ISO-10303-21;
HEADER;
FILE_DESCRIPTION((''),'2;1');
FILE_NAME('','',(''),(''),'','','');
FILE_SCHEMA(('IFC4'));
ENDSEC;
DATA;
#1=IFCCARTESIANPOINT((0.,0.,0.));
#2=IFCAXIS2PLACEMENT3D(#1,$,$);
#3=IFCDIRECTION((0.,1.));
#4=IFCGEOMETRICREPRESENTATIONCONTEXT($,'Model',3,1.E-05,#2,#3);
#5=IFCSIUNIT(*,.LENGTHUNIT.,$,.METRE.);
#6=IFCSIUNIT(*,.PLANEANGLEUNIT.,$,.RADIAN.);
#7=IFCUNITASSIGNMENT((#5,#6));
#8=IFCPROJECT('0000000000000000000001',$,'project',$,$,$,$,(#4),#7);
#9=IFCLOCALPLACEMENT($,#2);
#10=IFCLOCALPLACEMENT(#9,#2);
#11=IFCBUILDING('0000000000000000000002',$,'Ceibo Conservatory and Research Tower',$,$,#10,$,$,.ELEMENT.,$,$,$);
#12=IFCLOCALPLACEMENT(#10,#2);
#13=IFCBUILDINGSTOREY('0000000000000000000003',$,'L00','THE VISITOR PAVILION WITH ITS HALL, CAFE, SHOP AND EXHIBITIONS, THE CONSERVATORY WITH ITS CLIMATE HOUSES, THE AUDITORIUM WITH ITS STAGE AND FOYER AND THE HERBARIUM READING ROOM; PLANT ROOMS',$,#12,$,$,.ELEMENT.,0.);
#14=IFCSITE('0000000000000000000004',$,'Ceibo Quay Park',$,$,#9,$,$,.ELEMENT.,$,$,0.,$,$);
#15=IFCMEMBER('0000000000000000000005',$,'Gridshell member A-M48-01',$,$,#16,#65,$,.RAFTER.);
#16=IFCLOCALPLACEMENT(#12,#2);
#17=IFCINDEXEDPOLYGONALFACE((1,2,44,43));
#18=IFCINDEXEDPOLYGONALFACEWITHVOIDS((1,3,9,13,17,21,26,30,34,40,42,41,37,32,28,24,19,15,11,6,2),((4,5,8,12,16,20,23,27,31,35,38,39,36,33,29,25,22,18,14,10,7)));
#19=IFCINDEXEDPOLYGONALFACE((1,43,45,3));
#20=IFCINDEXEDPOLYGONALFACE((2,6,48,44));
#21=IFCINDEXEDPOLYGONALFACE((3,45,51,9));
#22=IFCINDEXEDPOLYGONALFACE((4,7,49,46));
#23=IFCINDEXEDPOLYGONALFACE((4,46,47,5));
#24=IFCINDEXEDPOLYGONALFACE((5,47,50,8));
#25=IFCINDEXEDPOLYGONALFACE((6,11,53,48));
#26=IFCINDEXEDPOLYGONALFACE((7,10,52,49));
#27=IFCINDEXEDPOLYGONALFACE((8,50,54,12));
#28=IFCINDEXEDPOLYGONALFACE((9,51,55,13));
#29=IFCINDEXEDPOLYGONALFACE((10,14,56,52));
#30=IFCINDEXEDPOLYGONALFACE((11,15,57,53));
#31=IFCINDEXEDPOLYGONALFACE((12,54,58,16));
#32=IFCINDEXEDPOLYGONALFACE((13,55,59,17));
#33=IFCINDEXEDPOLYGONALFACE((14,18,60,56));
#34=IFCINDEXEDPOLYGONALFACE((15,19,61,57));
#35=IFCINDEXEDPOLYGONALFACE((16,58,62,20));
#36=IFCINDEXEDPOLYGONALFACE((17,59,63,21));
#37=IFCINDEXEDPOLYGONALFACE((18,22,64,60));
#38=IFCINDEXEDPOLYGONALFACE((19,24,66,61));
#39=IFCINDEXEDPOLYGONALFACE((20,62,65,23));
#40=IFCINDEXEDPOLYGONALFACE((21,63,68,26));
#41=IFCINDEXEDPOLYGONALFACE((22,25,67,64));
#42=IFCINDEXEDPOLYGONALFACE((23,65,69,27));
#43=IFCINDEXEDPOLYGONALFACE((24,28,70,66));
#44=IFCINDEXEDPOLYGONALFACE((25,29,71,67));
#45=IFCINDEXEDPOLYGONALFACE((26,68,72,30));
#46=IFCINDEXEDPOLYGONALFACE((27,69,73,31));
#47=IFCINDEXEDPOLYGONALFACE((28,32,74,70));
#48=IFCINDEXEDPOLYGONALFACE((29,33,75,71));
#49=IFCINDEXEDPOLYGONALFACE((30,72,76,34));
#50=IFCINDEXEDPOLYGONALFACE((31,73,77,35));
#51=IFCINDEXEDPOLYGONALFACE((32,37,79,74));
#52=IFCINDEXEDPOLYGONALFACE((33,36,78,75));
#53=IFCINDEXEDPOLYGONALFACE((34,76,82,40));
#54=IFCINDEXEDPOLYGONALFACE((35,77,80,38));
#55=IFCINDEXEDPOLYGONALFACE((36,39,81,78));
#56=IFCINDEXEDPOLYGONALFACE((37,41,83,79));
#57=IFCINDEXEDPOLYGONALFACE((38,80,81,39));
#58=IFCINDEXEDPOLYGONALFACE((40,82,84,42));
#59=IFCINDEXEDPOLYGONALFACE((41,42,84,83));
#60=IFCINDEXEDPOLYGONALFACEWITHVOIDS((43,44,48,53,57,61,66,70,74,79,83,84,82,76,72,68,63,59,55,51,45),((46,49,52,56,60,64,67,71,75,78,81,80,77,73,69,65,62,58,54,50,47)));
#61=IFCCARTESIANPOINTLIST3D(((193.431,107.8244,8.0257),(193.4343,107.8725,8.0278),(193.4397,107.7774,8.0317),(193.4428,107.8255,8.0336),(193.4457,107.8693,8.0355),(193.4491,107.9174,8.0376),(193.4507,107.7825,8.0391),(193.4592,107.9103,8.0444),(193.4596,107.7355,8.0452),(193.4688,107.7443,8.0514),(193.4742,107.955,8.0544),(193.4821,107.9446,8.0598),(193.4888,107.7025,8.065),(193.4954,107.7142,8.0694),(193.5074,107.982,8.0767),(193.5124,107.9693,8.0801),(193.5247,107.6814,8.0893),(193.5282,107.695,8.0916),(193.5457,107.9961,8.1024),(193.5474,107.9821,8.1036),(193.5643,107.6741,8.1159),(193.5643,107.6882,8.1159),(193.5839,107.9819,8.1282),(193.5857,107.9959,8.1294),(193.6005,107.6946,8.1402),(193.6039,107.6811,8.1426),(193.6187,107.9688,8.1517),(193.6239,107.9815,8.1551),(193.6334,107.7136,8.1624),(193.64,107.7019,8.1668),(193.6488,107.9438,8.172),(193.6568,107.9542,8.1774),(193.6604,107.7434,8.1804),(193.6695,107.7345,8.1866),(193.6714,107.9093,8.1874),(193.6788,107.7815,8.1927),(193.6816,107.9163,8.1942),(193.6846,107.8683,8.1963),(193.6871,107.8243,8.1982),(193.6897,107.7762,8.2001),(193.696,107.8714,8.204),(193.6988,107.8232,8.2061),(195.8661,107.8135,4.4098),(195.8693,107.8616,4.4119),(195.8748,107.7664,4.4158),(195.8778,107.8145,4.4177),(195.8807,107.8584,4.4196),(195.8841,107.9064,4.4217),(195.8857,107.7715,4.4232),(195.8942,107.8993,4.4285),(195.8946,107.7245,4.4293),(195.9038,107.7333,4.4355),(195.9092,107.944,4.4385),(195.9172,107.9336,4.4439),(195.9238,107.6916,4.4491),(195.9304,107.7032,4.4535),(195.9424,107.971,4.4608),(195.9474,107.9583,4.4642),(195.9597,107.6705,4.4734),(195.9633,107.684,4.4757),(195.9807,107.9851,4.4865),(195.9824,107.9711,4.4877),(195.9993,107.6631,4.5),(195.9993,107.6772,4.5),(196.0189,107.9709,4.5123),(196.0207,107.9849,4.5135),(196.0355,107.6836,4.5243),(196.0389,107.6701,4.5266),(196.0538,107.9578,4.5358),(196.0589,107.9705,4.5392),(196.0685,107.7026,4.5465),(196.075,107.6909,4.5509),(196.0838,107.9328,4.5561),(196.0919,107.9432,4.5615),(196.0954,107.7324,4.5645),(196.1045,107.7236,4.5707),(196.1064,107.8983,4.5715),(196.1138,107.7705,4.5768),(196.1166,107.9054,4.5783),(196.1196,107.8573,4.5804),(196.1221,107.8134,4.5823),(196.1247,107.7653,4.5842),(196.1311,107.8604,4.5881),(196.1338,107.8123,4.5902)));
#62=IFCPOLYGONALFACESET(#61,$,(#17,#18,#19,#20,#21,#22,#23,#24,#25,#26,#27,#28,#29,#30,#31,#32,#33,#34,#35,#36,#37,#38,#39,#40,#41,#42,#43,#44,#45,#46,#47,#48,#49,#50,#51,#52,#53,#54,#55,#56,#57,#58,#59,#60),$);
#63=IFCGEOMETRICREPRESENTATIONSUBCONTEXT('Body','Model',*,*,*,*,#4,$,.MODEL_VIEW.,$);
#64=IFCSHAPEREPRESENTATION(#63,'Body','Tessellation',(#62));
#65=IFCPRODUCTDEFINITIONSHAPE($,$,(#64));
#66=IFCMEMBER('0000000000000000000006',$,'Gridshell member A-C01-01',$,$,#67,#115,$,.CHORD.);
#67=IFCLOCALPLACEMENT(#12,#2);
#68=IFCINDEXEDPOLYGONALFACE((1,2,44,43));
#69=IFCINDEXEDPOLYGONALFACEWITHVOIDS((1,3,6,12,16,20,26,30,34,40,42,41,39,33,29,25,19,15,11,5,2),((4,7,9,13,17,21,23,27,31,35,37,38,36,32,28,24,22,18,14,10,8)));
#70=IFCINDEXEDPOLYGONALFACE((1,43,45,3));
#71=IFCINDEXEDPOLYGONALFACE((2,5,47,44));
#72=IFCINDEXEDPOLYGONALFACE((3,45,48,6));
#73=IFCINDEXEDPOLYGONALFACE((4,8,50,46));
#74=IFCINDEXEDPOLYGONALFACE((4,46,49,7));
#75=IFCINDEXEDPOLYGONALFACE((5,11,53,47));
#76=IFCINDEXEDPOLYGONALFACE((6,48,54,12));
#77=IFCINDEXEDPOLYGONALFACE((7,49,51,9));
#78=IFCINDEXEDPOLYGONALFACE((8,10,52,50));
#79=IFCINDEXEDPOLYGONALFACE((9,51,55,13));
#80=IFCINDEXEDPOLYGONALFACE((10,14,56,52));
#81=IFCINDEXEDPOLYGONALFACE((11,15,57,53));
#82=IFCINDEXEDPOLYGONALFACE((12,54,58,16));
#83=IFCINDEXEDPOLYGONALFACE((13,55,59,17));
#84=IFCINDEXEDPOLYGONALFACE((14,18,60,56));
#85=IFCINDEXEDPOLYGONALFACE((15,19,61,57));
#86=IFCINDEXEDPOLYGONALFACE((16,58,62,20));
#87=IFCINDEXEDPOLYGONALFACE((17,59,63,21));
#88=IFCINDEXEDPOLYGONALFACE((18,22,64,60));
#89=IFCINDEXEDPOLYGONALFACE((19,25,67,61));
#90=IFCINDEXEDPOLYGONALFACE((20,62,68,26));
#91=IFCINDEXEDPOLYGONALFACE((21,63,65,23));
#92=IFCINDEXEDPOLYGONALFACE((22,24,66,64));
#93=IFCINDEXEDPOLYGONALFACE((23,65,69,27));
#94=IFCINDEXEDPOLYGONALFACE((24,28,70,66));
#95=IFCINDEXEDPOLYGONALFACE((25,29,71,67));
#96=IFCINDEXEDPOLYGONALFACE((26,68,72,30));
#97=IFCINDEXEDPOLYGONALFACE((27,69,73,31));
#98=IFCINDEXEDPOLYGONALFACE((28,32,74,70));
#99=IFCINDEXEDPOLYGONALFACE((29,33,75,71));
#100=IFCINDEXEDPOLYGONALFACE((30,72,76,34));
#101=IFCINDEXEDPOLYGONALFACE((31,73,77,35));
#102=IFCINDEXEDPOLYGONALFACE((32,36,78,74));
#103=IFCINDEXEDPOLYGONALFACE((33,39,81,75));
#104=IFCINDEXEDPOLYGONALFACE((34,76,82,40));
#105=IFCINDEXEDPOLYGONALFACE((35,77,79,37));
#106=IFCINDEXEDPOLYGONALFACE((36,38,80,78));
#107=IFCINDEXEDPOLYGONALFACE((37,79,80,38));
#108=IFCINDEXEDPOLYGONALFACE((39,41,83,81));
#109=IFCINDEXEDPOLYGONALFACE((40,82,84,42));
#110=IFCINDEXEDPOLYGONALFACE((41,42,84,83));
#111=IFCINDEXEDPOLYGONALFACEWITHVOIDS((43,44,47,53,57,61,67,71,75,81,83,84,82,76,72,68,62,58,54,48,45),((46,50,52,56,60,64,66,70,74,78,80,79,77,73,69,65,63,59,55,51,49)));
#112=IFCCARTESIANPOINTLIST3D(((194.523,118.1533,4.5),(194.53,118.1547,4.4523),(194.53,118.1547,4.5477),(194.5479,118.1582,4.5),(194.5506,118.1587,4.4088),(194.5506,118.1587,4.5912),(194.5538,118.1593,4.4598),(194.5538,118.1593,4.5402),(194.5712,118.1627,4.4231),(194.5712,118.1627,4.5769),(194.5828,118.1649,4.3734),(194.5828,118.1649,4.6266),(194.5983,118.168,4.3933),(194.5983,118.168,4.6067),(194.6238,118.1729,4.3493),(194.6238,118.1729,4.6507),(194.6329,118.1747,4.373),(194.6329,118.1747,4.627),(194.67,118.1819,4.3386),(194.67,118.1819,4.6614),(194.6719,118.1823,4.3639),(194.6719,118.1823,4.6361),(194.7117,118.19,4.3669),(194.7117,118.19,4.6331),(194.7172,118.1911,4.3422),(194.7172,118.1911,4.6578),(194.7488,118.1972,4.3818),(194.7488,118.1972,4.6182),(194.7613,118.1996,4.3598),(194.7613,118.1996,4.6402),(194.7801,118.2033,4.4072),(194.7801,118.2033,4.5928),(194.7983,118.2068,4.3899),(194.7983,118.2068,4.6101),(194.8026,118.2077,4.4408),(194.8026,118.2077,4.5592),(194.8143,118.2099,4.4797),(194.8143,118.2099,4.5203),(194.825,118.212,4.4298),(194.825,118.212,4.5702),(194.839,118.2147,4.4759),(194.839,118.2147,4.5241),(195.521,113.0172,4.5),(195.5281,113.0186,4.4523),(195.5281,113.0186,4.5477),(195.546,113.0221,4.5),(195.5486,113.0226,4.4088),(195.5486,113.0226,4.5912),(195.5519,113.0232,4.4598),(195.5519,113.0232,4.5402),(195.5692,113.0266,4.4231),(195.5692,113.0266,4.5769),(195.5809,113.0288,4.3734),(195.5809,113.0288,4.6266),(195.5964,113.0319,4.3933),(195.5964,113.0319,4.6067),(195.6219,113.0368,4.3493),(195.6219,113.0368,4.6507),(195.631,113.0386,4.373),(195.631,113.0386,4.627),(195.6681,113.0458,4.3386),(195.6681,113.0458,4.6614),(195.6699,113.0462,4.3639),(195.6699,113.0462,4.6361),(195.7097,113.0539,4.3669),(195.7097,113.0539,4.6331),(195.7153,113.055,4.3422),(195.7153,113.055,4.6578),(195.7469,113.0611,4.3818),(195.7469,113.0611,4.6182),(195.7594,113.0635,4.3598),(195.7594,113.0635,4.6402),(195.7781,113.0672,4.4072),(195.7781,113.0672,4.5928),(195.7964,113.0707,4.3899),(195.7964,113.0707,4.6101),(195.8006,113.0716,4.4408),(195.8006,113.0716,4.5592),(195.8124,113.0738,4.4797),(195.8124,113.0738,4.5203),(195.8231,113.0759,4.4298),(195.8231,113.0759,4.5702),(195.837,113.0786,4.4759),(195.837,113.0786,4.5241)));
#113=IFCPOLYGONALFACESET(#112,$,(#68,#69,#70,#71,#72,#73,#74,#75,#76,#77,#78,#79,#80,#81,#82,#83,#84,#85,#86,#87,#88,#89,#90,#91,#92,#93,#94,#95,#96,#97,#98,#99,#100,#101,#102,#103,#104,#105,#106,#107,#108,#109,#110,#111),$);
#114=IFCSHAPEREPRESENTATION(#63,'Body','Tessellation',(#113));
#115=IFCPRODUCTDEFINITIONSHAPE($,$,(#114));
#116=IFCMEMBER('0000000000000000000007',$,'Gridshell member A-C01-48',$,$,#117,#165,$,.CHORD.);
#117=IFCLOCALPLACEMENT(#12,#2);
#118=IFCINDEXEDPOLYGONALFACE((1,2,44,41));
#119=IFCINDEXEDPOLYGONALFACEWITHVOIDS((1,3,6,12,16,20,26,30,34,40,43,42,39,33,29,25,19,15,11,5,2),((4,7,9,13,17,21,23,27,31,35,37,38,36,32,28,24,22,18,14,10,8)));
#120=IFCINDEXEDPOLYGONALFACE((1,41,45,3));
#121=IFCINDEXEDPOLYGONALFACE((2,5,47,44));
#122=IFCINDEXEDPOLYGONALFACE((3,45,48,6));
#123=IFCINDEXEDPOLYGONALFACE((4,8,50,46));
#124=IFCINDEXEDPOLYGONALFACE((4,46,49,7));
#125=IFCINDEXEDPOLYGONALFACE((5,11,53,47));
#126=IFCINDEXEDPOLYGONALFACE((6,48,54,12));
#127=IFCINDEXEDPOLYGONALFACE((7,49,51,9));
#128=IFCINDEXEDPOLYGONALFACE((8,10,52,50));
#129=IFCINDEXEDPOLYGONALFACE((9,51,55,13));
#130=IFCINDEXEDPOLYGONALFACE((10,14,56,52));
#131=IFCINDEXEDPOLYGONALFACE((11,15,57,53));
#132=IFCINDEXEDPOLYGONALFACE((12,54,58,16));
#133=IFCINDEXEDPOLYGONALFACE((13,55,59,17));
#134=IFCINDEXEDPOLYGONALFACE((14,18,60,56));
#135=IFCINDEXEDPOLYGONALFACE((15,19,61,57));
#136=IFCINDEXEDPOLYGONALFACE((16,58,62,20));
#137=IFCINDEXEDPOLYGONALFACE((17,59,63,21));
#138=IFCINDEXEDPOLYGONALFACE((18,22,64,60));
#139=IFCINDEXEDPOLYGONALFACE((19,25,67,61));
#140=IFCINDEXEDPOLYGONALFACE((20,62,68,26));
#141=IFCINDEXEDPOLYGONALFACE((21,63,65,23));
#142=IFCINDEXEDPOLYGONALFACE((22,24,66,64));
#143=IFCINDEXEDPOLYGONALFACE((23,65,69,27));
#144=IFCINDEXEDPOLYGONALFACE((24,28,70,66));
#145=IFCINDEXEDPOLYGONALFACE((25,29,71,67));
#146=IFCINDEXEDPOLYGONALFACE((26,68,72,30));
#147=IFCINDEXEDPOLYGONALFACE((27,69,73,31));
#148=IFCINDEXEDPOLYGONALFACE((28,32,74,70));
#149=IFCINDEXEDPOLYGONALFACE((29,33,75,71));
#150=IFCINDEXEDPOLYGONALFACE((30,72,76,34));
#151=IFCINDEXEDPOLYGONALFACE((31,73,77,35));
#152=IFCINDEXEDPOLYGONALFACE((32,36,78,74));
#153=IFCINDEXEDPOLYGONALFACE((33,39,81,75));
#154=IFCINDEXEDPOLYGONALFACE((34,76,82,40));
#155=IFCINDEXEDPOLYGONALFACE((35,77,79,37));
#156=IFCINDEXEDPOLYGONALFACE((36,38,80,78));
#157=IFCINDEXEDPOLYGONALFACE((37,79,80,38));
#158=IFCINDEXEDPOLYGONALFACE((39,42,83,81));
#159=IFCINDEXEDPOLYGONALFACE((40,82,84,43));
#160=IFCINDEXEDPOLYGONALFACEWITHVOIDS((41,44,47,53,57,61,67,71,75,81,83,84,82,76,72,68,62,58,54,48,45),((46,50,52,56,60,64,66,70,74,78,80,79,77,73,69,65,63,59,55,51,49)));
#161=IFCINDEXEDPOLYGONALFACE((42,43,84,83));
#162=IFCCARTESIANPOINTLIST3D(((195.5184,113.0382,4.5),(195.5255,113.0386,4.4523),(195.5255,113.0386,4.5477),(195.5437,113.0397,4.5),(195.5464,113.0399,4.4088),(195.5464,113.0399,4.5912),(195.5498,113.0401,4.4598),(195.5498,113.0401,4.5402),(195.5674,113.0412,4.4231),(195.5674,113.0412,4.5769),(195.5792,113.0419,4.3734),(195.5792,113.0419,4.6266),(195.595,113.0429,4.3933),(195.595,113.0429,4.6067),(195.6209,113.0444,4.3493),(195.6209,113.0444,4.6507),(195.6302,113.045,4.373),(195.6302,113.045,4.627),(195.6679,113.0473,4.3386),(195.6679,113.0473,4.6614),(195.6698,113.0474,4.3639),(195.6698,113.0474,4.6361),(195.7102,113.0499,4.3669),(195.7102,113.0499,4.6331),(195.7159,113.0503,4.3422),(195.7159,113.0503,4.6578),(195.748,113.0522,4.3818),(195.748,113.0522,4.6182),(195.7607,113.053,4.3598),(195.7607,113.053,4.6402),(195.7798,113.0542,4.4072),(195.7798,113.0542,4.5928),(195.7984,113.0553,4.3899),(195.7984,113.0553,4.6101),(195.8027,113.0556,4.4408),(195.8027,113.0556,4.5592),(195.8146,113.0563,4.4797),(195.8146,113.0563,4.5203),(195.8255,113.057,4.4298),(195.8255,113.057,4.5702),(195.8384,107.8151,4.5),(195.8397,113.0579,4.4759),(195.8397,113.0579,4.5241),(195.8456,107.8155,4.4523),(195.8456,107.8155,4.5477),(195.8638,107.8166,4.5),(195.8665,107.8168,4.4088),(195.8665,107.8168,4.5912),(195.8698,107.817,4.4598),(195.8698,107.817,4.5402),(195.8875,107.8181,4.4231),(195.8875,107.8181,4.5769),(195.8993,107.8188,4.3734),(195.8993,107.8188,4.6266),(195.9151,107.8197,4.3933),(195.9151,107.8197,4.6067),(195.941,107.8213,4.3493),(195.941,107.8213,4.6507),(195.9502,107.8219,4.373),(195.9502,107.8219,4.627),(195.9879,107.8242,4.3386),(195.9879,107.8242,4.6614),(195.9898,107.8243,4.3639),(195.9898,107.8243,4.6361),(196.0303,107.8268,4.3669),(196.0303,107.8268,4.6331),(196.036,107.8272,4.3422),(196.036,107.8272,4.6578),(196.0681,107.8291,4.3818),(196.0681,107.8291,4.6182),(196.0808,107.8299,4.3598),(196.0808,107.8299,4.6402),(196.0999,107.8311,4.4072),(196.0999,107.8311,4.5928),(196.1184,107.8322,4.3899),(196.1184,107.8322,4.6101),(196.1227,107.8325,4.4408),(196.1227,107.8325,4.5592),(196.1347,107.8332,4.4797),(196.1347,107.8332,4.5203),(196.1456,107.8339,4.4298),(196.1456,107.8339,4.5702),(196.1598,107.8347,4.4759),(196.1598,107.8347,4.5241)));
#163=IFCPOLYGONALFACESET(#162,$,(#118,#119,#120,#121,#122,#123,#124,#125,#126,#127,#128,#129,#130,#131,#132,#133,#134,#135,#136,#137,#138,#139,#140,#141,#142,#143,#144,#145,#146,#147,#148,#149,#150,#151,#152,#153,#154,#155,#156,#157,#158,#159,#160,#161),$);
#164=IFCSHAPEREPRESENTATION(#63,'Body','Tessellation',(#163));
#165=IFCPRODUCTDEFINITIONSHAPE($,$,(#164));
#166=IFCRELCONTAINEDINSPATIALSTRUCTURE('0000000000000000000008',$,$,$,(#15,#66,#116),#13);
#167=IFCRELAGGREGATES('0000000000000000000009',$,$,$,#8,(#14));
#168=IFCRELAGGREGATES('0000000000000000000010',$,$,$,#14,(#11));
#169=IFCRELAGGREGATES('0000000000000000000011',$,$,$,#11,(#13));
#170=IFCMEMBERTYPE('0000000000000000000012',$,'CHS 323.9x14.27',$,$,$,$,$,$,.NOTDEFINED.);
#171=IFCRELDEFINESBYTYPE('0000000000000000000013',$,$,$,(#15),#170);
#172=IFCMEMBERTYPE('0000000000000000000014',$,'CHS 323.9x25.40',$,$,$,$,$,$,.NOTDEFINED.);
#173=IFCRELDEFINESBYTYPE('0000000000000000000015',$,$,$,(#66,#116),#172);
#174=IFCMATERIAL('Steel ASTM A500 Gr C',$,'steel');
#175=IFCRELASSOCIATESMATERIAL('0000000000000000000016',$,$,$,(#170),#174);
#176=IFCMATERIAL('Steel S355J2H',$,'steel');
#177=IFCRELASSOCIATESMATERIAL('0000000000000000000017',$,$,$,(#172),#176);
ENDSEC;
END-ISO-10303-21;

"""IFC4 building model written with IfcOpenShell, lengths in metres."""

from ifc_helpers import new_model, si_unit, direction, frame, origin, origin_2d, place, context, subcontext, project, spatial, hollow_circle, extrude, material, material_profile, profile_set, type_object, element, save


model = new_model("IFC4")

# Units and contexts
model_context = context("Model", 3, precision=1e-05, world=origin(), true_north=direction((0.0, 1.0)))
body_context = subcontext(model_context, "Body", "Model", "MODEL_VIEW")
ifc_project = project(units=[si_unit("LENGTHUNIT", "METRE"), si_unit("PLANEANGLEUNIT", "RADIAN")], contexts=[model_context])

# Site, building, storey
site_placement = place(None, origin())
site = spatial("IfcSite", under=ifc_project, at=site_placement, Name="Ceibo Quay Park", CompositionType="ELEMENT", RefElevation=0.0)
building_placement = place(site_placement, origin())
building = spatial("IfcBuilding", under=site, at=building_placement, Name="Ceibo Conservatory and Research Tower", CompositionType="ELEMENT")
storey_placement = place(building_placement, origin())
storey = spatial("IfcBuildingStorey", under=building, at=storey_placement, Name="L00", Description="THE VISITOR PAVILION WITH ITS HALL, CAFE, SHOP AND EXHIBITIONS, THE CONSERVATORY WITH ITS CLIMATE HOUSES, THE AUDITORIUM WITH ITS STAGE AND FOYER AND THE HERBARIUM READING ROOM; PLANT ROOMS", CompositionType="ELEMENT", Elevation=0.0)

# Shared definitions
ifc_material_1 = material(Name="Steel ASTM A500 Gr C", Category="steel")

# Members
ifc_material_profile_1 = material_profile(ifc_material_1, hollow_circle(Radius=0.1619, WallThickness=0.0142, at=origin_2d()), Name="CHS 323.9x14.27")
ifc_profile_set_1 = profile_set([ifc_material_profile_1], Name="Steel ASTM A500 Gr C")
member_type_1 = type_object("IfcMemberType", Name="CHS 323.9x14.27", PredefinedType="NOTDEFINED", material=ifc_profile_set_1)
member_1_placement = place(storey_placement, frame((196.0, 107.825, 4.5), z_axis=(-0.55857, 0.00252, 0.829454), x_axis=(-0.004512, -0.99999, 0.0)))
element("IfcMember", 1, at=member_1_placement, inside=storey, type_object=member_type_1, Name="Gridshell member A-M48-01", PredefinedType="RAFTER", context=body_context, shape_type="SweptSolid", body=[
    extrude(hollow_circle(Radius=0.1619, WallThickness=0.0142, at=origin_2d()), origin(), (0.0, 0.0, 1.0), 4.3594),
])
ifc_material_2 = material(Name="Steel S355J2H", Category="steel")
ifc_material_profile_2 = material_profile(ifc_material_2, hollow_circle(Radius=0.1619, WallThickness=0.0254, at=origin_2d()), Name="CHS 323.9x25.40")
ifc_profile_set_2 = profile_set([ifc_material_profile_2], Name="Steel S355J2H")
member_type_2 = type_object("IfcMemberType", Name="CHS 323.9x25.40", PredefinedType="NOTDEFINED", material=ifc_profile_set_2)
member_2_placement = place(storey_placement, frame((195.6799, 113.0481, 4.5), z_axis=(-0.190756, 0.981637, 0.0), x_axis=(-0.981637, -0.190756, 0.0)))
element("IfcMember", 2, at=member_2_placement, inside=storey, type_object=member_type_2, Name="Gridshell member A-C01-01", PredefinedType="CHORD", context=body_context, shape_type="SweptSolid", body=[
    extrude(hollow_circle(Radius=0.1619, WallThickness=0.0254, at=origin_2d()), origin(), (0.0, 0.0, 1.0), 5.2322),
])
member_3_placement = place(storey_placement, frame((196.0, 107.825, 4.5), z_axis=(-0.061164, 0.998128, 0.0), x_axis=(-0.998128, -0.061164, 0.0)))
element("IfcMember", 3, at=member_3_placement, inside=storey, type_object=member_type_2, Name="Gridshell member A-C01-48", PredefinedType="CHORD", context=body_context, shape_type="SweptSolid", body=[
    extrude(hollow_circle(Radius=0.1619, WallThickness=0.0254, at=origin_2d()), origin(), (0.0, 0.0, 1.0), 5.2329),
])

save(model, "model.ifc")
